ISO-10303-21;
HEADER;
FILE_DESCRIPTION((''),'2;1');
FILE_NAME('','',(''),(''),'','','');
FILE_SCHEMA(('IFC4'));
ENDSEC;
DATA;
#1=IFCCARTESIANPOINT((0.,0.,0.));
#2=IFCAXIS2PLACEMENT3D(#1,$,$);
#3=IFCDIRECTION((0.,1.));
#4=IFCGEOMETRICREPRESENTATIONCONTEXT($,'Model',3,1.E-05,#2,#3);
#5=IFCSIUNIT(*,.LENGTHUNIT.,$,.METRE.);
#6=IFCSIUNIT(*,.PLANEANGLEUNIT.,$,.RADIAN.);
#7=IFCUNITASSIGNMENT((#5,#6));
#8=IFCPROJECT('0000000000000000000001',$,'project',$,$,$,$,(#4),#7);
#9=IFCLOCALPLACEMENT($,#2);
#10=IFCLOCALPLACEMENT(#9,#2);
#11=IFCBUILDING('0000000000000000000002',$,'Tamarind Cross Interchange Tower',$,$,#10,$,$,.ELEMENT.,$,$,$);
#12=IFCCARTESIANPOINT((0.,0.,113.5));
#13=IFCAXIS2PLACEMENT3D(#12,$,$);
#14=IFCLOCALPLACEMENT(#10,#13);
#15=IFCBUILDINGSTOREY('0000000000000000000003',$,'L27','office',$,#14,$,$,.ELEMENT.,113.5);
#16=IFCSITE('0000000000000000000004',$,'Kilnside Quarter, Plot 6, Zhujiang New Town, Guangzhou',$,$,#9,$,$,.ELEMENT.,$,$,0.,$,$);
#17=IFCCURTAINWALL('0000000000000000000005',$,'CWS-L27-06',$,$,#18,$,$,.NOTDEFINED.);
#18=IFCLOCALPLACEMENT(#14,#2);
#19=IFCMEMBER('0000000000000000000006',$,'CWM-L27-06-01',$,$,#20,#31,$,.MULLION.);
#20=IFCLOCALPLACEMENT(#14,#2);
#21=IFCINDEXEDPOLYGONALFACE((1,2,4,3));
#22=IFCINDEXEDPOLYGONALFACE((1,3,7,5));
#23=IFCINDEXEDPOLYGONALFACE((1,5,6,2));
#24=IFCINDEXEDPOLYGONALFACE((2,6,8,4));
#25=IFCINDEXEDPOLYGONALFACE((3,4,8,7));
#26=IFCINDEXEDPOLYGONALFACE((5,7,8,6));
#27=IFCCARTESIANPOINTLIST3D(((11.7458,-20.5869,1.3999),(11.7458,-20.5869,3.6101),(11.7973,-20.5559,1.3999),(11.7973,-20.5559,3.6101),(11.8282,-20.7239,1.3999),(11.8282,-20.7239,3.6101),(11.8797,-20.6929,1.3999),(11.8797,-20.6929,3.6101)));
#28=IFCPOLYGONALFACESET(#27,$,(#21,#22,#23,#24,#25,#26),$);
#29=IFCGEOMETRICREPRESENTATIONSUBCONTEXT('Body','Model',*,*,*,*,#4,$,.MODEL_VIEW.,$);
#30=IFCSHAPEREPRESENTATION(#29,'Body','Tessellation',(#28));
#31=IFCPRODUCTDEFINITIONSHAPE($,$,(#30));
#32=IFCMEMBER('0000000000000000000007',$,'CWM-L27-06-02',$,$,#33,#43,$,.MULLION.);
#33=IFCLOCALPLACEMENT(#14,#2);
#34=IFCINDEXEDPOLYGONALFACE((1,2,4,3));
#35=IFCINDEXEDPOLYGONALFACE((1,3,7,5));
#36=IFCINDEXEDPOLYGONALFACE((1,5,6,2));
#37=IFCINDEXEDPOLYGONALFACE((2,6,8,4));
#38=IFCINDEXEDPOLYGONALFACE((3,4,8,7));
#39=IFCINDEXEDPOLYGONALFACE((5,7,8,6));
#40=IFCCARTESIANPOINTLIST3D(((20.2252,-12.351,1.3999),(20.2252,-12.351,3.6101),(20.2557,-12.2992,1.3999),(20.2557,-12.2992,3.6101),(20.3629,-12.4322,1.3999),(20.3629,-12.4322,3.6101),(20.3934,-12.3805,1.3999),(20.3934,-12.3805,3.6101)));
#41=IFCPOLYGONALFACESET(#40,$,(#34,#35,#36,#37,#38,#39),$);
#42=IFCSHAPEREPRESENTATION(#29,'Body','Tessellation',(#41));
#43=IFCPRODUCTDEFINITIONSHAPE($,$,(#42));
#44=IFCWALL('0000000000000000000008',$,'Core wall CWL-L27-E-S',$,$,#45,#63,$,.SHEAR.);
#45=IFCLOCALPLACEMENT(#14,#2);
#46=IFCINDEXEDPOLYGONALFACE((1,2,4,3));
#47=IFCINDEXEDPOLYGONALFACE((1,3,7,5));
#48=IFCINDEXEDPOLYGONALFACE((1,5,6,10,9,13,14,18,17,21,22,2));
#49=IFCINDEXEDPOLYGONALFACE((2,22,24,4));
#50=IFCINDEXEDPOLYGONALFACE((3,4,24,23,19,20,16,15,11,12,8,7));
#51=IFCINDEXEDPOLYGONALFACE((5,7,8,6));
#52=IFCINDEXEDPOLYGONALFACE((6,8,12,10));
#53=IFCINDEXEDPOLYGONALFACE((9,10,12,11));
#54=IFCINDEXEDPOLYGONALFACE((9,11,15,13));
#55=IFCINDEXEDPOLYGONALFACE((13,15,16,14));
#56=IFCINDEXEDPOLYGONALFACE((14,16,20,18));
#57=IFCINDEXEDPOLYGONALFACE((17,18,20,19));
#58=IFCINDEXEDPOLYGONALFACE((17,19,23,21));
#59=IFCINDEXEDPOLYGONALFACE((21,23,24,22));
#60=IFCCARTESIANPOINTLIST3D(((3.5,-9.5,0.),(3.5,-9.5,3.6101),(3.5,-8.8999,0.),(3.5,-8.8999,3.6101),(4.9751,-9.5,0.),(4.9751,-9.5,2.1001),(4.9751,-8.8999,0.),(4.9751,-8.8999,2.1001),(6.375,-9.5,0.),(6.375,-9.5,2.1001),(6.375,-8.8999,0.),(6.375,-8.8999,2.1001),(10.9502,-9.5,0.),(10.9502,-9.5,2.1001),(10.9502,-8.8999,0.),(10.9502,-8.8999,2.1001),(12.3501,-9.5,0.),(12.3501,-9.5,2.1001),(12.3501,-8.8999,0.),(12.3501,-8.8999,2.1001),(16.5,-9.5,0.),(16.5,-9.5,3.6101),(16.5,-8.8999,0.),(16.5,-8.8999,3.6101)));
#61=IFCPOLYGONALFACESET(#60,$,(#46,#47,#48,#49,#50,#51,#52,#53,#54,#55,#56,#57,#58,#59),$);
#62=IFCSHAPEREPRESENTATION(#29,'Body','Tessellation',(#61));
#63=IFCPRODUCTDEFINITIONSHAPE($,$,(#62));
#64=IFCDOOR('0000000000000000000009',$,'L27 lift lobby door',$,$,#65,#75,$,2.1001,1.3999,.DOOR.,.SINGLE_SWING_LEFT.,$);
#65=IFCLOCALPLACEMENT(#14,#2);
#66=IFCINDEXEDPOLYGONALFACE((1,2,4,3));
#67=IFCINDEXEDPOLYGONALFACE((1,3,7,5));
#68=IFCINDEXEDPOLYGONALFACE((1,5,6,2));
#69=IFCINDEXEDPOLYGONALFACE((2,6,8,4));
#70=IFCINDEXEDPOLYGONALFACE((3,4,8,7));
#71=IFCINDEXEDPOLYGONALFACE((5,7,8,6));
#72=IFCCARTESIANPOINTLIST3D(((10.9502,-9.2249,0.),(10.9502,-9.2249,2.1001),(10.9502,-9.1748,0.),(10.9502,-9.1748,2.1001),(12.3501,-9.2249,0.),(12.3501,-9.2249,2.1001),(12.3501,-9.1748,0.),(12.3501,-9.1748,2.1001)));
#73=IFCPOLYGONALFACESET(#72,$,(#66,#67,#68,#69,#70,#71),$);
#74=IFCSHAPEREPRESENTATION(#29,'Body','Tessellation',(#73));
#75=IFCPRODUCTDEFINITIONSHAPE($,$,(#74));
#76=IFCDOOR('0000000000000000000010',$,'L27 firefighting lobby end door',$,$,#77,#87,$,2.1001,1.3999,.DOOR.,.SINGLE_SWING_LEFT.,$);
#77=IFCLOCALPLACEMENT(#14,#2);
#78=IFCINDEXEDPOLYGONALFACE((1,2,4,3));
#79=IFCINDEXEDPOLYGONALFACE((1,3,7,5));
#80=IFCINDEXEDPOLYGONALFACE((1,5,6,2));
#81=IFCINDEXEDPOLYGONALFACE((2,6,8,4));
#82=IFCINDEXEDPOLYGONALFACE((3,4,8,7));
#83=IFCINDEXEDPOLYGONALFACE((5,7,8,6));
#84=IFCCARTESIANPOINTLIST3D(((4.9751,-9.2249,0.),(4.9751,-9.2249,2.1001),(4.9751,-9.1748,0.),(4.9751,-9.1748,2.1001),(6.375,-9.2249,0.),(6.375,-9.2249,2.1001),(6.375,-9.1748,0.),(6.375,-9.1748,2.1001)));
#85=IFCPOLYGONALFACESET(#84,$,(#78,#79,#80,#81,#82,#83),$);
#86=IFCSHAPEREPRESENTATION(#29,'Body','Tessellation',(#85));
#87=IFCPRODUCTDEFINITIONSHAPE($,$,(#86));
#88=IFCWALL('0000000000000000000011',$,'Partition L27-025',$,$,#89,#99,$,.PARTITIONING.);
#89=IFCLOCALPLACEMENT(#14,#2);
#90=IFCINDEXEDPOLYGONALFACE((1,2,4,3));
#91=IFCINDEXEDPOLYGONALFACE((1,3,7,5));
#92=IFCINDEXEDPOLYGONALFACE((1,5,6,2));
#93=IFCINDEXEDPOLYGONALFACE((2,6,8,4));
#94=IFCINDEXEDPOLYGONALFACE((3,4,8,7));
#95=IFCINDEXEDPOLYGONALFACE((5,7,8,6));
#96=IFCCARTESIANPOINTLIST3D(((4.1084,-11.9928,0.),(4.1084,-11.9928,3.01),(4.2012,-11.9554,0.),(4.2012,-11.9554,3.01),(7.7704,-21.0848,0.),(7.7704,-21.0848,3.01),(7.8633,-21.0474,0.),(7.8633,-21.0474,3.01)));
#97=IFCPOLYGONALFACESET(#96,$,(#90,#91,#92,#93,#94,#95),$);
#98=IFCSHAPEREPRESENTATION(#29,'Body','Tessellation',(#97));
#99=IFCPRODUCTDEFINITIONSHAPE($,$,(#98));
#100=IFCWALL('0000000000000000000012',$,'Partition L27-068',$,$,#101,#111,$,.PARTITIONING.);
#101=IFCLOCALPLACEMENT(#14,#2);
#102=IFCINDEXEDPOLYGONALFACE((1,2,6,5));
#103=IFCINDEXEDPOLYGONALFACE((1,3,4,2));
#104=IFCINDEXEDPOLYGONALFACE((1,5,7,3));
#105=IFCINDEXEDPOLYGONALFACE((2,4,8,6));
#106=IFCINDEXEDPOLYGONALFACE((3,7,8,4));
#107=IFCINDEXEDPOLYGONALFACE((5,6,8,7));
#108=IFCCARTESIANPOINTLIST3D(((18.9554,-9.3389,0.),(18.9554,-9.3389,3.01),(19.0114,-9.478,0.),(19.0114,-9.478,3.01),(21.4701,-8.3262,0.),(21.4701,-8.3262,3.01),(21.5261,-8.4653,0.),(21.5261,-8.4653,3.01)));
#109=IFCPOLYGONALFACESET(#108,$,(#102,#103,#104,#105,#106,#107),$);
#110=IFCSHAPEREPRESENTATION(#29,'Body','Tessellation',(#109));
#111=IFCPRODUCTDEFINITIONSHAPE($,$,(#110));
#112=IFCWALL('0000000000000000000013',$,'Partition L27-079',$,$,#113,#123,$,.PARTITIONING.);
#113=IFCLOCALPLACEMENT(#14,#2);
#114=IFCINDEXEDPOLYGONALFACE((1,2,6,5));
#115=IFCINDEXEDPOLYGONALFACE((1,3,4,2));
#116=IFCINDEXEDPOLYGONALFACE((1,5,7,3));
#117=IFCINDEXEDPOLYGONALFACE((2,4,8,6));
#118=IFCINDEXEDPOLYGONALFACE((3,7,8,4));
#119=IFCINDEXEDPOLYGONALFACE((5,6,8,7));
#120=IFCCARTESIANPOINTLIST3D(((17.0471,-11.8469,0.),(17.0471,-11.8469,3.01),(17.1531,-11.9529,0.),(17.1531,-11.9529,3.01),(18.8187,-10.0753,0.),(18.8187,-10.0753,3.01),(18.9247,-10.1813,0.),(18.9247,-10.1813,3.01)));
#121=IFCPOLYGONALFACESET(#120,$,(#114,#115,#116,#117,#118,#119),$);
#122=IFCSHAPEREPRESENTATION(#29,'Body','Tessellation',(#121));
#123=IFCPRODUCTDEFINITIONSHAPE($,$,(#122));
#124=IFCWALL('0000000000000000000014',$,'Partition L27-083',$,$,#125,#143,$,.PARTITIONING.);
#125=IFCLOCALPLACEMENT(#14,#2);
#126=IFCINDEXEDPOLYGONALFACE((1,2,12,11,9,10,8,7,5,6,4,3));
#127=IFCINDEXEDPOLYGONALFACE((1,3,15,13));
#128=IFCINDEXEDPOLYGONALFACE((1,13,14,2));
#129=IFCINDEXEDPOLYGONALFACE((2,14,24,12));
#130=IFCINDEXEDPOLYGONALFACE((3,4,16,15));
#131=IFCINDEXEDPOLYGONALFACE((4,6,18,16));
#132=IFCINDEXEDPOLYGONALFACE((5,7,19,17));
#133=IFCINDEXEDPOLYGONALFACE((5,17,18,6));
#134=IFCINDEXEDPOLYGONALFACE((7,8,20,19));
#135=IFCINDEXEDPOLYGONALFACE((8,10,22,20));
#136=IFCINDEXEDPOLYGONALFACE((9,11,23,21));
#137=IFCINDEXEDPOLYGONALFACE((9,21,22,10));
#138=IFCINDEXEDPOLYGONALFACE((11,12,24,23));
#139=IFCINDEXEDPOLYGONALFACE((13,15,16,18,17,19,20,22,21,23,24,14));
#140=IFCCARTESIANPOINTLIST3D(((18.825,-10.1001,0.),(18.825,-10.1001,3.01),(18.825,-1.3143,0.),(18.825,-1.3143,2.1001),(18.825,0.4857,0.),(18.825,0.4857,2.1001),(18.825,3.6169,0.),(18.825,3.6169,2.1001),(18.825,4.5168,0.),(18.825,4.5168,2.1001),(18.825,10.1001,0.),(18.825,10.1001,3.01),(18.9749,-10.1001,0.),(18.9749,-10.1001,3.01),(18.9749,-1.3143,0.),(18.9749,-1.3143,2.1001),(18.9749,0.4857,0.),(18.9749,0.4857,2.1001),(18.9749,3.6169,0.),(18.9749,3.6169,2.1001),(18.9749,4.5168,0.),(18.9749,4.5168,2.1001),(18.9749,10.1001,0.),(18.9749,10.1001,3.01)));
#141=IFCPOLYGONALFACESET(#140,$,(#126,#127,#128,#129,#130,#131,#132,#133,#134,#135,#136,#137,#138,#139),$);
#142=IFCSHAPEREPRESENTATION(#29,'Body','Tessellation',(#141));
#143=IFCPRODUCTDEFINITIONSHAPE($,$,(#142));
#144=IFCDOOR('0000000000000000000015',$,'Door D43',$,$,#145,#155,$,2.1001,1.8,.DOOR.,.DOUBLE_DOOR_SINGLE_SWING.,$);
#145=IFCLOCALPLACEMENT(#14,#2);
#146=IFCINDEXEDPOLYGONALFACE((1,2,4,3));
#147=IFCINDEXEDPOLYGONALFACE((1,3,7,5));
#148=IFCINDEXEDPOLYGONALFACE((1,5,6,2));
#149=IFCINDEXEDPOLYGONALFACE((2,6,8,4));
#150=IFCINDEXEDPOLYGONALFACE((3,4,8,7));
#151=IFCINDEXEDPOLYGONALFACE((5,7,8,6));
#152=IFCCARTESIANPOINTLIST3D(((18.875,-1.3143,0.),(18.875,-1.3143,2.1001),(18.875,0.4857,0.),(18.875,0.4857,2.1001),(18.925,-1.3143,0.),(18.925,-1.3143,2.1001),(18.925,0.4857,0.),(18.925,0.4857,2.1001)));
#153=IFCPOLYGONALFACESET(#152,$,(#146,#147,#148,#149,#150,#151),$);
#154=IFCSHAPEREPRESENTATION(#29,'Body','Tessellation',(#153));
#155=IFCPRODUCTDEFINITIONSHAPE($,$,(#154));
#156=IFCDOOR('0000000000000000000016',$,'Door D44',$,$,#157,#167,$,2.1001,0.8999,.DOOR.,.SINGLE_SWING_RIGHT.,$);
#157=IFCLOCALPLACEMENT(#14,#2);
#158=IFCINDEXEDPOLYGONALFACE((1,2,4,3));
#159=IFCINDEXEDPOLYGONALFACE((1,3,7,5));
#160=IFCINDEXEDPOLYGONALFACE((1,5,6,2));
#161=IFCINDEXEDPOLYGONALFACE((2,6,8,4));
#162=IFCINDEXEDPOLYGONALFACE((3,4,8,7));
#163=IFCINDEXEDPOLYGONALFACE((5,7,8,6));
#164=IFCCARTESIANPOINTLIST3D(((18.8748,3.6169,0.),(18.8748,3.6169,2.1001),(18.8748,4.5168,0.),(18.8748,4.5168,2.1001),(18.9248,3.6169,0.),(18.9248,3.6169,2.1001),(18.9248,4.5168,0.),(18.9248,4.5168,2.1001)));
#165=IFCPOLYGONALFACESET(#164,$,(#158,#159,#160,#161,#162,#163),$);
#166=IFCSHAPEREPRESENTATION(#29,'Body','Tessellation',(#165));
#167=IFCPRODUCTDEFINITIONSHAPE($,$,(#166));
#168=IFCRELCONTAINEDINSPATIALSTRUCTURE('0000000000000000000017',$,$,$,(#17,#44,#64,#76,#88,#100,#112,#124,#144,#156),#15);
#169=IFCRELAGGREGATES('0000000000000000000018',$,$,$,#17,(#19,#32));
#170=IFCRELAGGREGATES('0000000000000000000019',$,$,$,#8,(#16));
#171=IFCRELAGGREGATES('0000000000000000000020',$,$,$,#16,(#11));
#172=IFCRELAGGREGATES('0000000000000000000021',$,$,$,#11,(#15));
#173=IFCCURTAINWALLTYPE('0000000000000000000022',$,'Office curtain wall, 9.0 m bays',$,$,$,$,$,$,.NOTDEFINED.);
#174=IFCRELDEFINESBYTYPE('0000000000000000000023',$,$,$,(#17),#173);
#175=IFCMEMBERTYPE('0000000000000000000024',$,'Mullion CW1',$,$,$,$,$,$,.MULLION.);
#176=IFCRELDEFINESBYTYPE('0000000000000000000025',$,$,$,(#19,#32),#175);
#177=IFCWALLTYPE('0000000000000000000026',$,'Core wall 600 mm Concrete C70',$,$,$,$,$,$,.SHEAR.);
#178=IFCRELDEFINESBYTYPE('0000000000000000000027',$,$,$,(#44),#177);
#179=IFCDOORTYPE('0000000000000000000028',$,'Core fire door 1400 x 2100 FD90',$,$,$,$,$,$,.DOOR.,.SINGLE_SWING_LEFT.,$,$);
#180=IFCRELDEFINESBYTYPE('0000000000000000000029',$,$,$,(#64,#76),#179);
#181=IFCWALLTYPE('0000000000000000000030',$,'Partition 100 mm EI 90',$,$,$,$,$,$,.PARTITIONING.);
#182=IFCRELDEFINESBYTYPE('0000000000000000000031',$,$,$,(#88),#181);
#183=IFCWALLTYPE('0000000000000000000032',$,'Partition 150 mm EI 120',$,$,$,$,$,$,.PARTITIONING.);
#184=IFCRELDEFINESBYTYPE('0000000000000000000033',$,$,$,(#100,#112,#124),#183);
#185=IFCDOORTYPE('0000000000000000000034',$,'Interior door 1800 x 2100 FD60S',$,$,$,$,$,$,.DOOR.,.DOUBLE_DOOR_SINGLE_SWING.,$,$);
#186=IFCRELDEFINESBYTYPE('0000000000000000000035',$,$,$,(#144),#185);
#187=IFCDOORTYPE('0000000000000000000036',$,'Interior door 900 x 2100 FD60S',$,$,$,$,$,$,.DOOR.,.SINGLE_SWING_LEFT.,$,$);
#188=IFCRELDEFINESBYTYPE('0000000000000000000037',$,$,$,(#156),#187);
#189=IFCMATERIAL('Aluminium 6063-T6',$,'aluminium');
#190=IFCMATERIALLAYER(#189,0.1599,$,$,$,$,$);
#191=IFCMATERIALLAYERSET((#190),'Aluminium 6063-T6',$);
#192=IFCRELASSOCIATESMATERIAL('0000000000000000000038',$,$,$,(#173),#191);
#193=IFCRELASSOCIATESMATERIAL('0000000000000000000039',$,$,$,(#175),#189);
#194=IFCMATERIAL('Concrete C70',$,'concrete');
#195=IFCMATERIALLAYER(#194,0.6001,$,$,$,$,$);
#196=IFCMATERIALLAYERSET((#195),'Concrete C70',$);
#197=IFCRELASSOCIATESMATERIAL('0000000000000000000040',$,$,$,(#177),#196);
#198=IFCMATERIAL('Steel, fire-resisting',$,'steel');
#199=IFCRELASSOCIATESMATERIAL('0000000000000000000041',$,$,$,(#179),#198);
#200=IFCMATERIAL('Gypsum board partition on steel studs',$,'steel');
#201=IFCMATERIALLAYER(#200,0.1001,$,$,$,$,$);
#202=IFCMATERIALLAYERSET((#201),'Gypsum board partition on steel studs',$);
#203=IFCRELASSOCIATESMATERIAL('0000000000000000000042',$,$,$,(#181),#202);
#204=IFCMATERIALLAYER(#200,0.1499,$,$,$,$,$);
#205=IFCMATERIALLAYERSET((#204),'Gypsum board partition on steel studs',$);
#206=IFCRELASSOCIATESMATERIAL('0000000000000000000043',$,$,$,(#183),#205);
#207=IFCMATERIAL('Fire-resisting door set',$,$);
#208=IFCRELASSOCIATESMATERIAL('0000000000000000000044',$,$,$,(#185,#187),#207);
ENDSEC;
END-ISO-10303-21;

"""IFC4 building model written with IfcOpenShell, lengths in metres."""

from ifc_helpers import new_model, si_unit, direction, frame, frame_2d, origin, origin_2d, place, context, subcontext, project, spatial, rectangle, extrude, material, layer, layer_set, material_profile, profile_set, type_object, element, fill, aggregate, save


model = new_model("IFC4")

# Units and contexts
model_context = context("Model", 3, precision=1e-05, world=origin(), true_north=direction((0.0, 1.0)))
body_context = subcontext(model_context, "Body", "Model", "MODEL_VIEW")
ifc_project = project(units=[si_unit("LENGTHUNIT", "METRE"), si_unit("PLANEANGLEUNIT", "RADIAN")], contexts=[model_context])

# Site, building, storey
site_placement = place(None, origin())
site = spatial("IfcSite", under=ifc_project, at=site_placement, Name="Kilnside Quarter, Plot 6, Zhujiang New Town, Guangzhou", CompositionType="ELEMENT", RefElevation=0.0)
building_placement = place(site_placement, origin())
building = spatial("IfcBuilding", under=site, at=building_placement, Name="Tamarind Cross Interchange Tower", CompositionType="ELEMENT")
storey_placement = place(building_placement, frame((0.0, 0.0, 113.5)))
storey = spatial("IfcBuildingStorey", under=building, at=storey_placement, Name="L27", Description="office", CompositionType="ELEMENT", Elevation=113.5)

# Curtain wall, members
ifc_material_1 = material(Name="Aluminium 6063-T6", Category="aluminium")
ifc_layer_1 = layer(ifc_material_1, 0.1599)
ifc_layer_set_1 = layer_set([ifc_layer_1], Name="Aluminium 6063-T6")
curtain_wall_type = type_object("IfcCurtainWallType", Name="Office curtain wall, 9.0 m bays", PredefinedType="NOTDEFINED", material=ifc_layer_set_1)
curtain_wall_placement = place(storey_placement, origin())
curtain_wall = element("IfcCurtainWall", 1, at=curtain_wall_placement, inside=storey, type_object=curtain_wall_type, Name="CWS-L27-06", PredefinedType="NOTDEFINED")
ifc_material_profile_1 = material_profile(ifc_material_1, rectangle(XDim=0.0601, YDim=0.1599, at=origin_2d()), Name="Mullion CW1")
ifc_profile_set_1 = profile_set([ifc_material_profile_1], Name="Aluminium 6063-T6")
member_type = type_object("IfcMemberType", Name="Mullion CW1", PredefinedType="MULLION", material=ifc_profile_set_1)
member_1_placement = place(storey_placement, frame((11.8127, -20.6399, 1.3999), z_axis=(0.0, 0.0, 1.0), x_axis=(0.856843, 0.515577, 0.0)))
member_1 = element("IfcMember", 2, at=member_1_placement, type_object=member_type, Name="CWM-L27-06-01", PredefinedType="MULLION", context=body_context, shape_type="SweptSolid", body=[
    extrude(rectangle(XDim=0.0601, YDim=0.1599, at=origin_2d()), origin(), (0.0, 0.0, 1.0), 2.2102),
])
member_2_placement = place(storey_placement, frame((20.3093, -12.3657, 1.3999), z_axis=(0.0, 0.0, 1.0), x_axis=(0.508183, 0.861249, 0.0)))
member_2 = element("IfcMember", 3, at=member_2_placement, type_object=member_type, Name="CWM-L27-06-02", PredefinedType="MULLION", context=body_context, shape_type="SweptSolid", body=[
    extrude(rectangle(XDim=0.0601, YDim=0.1599, at=origin_2d()), origin(), (0.0, 0.0, 1.0), 2.2102),
])
aggregate(curtain_wall, [member_1, member_2])

# Wall, openings, doors
ifc_material_2 = material(Name="Concrete C70", Category="concrete")
ifc_layer_2 = layer(ifc_material_2, 0.6001)
ifc_layer_set_2 = layer_set([ifc_layer_2], Name="Concrete C70")
wall_type_1 = type_object("IfcWallType", Name="Core wall 600 mm Concrete C70", PredefinedType="SHEAR", material=ifc_layer_set_2)
wall_1_placement = place(storey_placement, frame((16.5, -9.2, 0.0), z_axis=(0.0, 0.0, 1.0), x_axis=(-1.0, 0.0, 0.0)))
wall_1 = element("IfcWall", 4, at=wall_1_placement, inside=storey, type_object=wall_type_1, Name="Core wall CWL-L27-E-S", PredefinedType="SHEAR", context=body_context, shape_type="SweptSolid", body=[
    extrude(rectangle(XDim=13.0, YDim=0.6001, at=frame_2d((6.5, 0.0))), origin(), (0.0, 0.0, 1.0), 3.6101),
])
opening_1_placement = place(wall_1_placement, frame((4.1499, 0.0, 0.0)))
opening_1 = element("IfcOpeningElement", 5, at=opening_1_placement, cuts=wall_1, PredefinedType="OPENING", context=body_context, shape_type="SweptSolid", body=[
    extrude(rectangle(XDim=1.3999, YDim=2.1001, at=frame_2d((0.7, 1.05))), frame((0.0, 0.3101, 0.0), z_axis=(0.0, -1.0, 0.0), x_axis=(1.0, 0.0, 0.0)), (0.0, 0.0, 1.0), 0.6201),
])
opening_2_placement = place(wall_1_placement, frame((10.125, 0.0, 0.0)))
opening_2 = element("IfcOpeningElement", 6, at=opening_2_placement, cuts=wall_1, PredefinedType="OPENING", context=body_context, shape_type="SweptSolid", body=[
    extrude(rectangle(XDim=1.3999, YDim=2.1001, at=frame_2d((0.7, 1.05))), frame((0.0, 0.3101, 0.0), z_axis=(0.0, -1.0, 0.0), x_axis=(1.0, 0.0, 0.0)), (0.0, 0.0, 1.0), 0.6201),
])
ifc_material_3 = material(Name="Steel, fire-resisting", Category="steel")
door_type_1 = type_object("IfcDoorType", Name="Core fire door 1400 x 2100 FD90", OperationType="SINGLE_SWING_LEFT", PredefinedType="DOOR", material=ifc_material_3)
door_1_placement = place(opening_1_placement, origin())
door_1 = element("IfcDoor", 7, at=door_1_placement, inside=storey, type_object=door_type_1, Name="L27 lift lobby door", OperationType="SINGLE_SWING_LEFT", OverallHeight=2.1001, OverallWidth=1.3999, PredefinedType="DOOR", context=body_context, shape_type="SweptSolid", body=[
    extrude(rectangle(XDim=1.3999, YDim=2.1001, at=frame_2d((0.7, 1.05))), frame((0.0, 0.0249, 0.0), z_axis=(0.0, -1.0, 0.0), x_axis=(1.0, 0.0, 0.0)), (0.0, 0.0, 1.0), 0.05),
])
fill(opening_1, door_1)
door_2_placement = place(opening_2_placement, origin())
door_2 = element("IfcDoor", 8, at=door_2_placement, inside=storey, type_object=door_type_1, Name="L27 firefighting lobby end door", OperationType="SINGLE_SWING_LEFT", OverallHeight=2.1001, OverallWidth=1.3999, PredefinedType="DOOR", context=body_context, shape_type="SweptSolid", body=[
    extrude(rectangle(XDim=1.3999, YDim=2.1001, at=frame_2d((0.7, 1.05))), frame((0.0, 0.0249, 0.0), z_axis=(0.0, -1.0, 0.0), x_axis=(1.0, 0.0, 0.0)), (0.0, 0.0, 1.0), 0.05),
])
fill(opening_2, door_2)

# Walls
ifc_material_4 = material(Name="Gypsum board partition on steel studs", Category="steel")
ifc_layer_3 = layer(ifc_material_4, 0.1001)
ifc_layer_set_3 = layer_set([ifc_layer_3], Name="Gypsum board partition on steel studs")
wall_type_2 = type_object("IfcWallType", Name="Partition 100 mm EI 90", PredefinedType="PARTITIONING", material=ifc_layer_set_3)
wall_2_placement = place(storey_placement, frame((4.1548, -11.9741, 0.0), z_axis=(0.0, 0.0, 1.0), x_axis=(0.373614, -0.927584, 0.0)))
element("IfcWall", 9, at=wall_2_placement, inside=storey, type_object=wall_type_2, Name="Partition L27-025", PredefinedType="PARTITIONING", context=body_context, shape_type="SweptSolid", body=[
    extrude(rectangle(XDim=9.8018, YDim=0.1001, at=frame_2d((4.9009, 0.0))), origin(), (0.0, 0.0, 1.0), 3.01),
])
ifc_layer_4 = layer(ifc_material_4, 0.1499)
ifc_layer_set_4 = layer_set([ifc_layer_4], Name="Gypsum board partition on steel studs")
wall_type_3 = type_object("IfcWallType", Name="Partition 150 mm EI 120", PredefinedType="PARTITIONING", material=ifc_layer_set_4)
wall_3_placement = place(storey_placement, frame((18.9834, -9.4084, 0.0), z_axis=(0.0, 0.0, 1.0), x_axis=(0.927605, 0.373563, 0.0)))
element("IfcWall", 10, at=wall_3_placement, inside=storey, type_object=wall_type_3, Name="Partition L27-068", PredefinedType="PARTITIONING", context=body_context, shape_type="SweptSolid", body=[
    extrude(rectangle(XDim=2.7109, YDim=0.1499, at=frame_2d((1.3555, 0.0))), origin(), (0.0, 0.0, 1.0), 3.01),
])
wall_4_placement = place(storey_placement, frame((17.1001, -11.8999, 0.0), z_axis=(0.0, 0.0, 1.0), x_axis=(0.707107, 0.707107, 0.0)))
element("IfcWall", 11, at=wall_4_placement, inside=storey, type_object=wall_type_3, Name="Partition L27-079", PredefinedType="PARTITIONING", context=body_context, shape_type="SweptSolid", body=[
    extrude(rectangle(XDim=2.5054, YDim=0.1499, at=frame_2d((1.2527, 0.0))), origin(), (0.0, 0.0, 1.0), 3.01),
])

# Wall, openings, doors
wall_5_placement = place(storey_placement, frame((18.8999, -10.1001, 0.0), z_axis=(0.0, 0.0, 1.0), x_axis=(0.0, 1.0, 0.0)))
wall_5 = element("IfcWall", 12, at=wall_5_placement, inside=storey, type_object=wall_type_3, Name="Partition L27-083", PredefinedType="PARTITIONING", context=body_context, shape_type="SweptSolid", body=[
    extrude(rectangle(XDim=20.2002, YDim=0.1499, at=frame_2d((10.1001, 0.0))), origin(), (0.0, 0.0, 1.0), 3.01),
])
opening_3_placement = place(wall_5_placement, frame((8.7859, 0.0, 0.0)))
opening_3 = element("IfcOpeningElement", 13, at=opening_3_placement, cuts=wall_5, PredefinedType="OPENING", context=body_context, shape_type="SweptSolid", body=[
    extrude(rectangle(XDim=1.8, YDim=2.1001, at=frame_2d((0.8999, 1.05))), frame((0.0, 0.085, 0.0), z_axis=(0.0, -1.0, 0.0), x_axis=(1.0, 0.0, 0.0)), (0.0, 0.0, 1.0), 0.1699),
])
opening_4_placement = place(wall_5_placement, frame((13.717, 0.0, 0.0)))
opening_4 = element("IfcOpeningElement", 14, at=opening_4_placement, cuts=wall_5, PredefinedType="OPENING", context=body_context, shape_type="SweptSolid", body=[
    extrude(rectangle(XDim=0.8999, YDim=2.1001, at=frame_2d((0.45, 1.05))), frame((0.0, 0.085, 0.0), z_axis=(0.0, -1.0, 0.0), x_axis=(1.0, 0.0, 0.0)), (0.0, 0.0, 1.0), 0.1699),
])
ifc_material_5 = material(Name="Fire-resisting door set")
door_type_2 = type_object("IfcDoorType", Name="Interior door 1800 x 2100 FD60S", OperationType="DOUBLE_DOOR_SINGLE_SWING", PredefinedType="DOOR", material=ifc_material_5)
door_3_placement = place(opening_3_placement, origin())
door_3 = element("IfcDoor", 15, at=door_3_placement, inside=storey, type_object=door_type_2, Name="Door D43", OperationType="DOUBLE_DOOR_SINGLE_SWING", OverallHeight=2.1001, OverallWidth=1.8, PredefinedType="DOOR", context=body_context, shape_type="SweptSolid", body=[
    extrude(rectangle(XDim=1.8, YDim=2.1001, at=frame_2d((0.8999, 1.05))), frame((0.0, 0.0249, 0.0), z_axis=(0.0, -1.0, 0.0), x_axis=(1.0, 0.0, 0.0)), (0.0, 0.0, 1.0), 0.05),
])
fill(opening_3, door_3)
door_type_3 = type_object("IfcDoorType", Name="Interior door 900 x 2100 FD60S", OperationType="SINGLE_SWING_LEFT", PredefinedType="DOOR", material=ifc_material_5)
door_4_placement = place(opening_4_placement, frame((0.8999, 0.0, 0.0), z_axis=(0.0, 0.0, 1.0), x_axis=(-1.0, 0.0, 0.0)))
door_4 = element("IfcDoor", 16, at=door_4_placement, inside=storey, type_object=door_type_3, Name="Door D44", OperationType="SINGLE_SWING_RIGHT", OverallHeight=2.1001, OverallWidth=0.8999, PredefinedType="DOOR", context=body_context, shape_type="SweptSolid", body=[
    extrude(rectangle(XDim=0.8999, YDim=2.1001, at=frame_2d((0.45, 1.05))), frame((0.0, 0.0249, 0.0), z_axis=(0.0, -1.0, 0.0), x_axis=(1.0, 0.0, 0.0)), (0.0, 0.0, 1.0), 0.05),
])
fill(opening_4, door_4)

save(model, "model.ifc")
